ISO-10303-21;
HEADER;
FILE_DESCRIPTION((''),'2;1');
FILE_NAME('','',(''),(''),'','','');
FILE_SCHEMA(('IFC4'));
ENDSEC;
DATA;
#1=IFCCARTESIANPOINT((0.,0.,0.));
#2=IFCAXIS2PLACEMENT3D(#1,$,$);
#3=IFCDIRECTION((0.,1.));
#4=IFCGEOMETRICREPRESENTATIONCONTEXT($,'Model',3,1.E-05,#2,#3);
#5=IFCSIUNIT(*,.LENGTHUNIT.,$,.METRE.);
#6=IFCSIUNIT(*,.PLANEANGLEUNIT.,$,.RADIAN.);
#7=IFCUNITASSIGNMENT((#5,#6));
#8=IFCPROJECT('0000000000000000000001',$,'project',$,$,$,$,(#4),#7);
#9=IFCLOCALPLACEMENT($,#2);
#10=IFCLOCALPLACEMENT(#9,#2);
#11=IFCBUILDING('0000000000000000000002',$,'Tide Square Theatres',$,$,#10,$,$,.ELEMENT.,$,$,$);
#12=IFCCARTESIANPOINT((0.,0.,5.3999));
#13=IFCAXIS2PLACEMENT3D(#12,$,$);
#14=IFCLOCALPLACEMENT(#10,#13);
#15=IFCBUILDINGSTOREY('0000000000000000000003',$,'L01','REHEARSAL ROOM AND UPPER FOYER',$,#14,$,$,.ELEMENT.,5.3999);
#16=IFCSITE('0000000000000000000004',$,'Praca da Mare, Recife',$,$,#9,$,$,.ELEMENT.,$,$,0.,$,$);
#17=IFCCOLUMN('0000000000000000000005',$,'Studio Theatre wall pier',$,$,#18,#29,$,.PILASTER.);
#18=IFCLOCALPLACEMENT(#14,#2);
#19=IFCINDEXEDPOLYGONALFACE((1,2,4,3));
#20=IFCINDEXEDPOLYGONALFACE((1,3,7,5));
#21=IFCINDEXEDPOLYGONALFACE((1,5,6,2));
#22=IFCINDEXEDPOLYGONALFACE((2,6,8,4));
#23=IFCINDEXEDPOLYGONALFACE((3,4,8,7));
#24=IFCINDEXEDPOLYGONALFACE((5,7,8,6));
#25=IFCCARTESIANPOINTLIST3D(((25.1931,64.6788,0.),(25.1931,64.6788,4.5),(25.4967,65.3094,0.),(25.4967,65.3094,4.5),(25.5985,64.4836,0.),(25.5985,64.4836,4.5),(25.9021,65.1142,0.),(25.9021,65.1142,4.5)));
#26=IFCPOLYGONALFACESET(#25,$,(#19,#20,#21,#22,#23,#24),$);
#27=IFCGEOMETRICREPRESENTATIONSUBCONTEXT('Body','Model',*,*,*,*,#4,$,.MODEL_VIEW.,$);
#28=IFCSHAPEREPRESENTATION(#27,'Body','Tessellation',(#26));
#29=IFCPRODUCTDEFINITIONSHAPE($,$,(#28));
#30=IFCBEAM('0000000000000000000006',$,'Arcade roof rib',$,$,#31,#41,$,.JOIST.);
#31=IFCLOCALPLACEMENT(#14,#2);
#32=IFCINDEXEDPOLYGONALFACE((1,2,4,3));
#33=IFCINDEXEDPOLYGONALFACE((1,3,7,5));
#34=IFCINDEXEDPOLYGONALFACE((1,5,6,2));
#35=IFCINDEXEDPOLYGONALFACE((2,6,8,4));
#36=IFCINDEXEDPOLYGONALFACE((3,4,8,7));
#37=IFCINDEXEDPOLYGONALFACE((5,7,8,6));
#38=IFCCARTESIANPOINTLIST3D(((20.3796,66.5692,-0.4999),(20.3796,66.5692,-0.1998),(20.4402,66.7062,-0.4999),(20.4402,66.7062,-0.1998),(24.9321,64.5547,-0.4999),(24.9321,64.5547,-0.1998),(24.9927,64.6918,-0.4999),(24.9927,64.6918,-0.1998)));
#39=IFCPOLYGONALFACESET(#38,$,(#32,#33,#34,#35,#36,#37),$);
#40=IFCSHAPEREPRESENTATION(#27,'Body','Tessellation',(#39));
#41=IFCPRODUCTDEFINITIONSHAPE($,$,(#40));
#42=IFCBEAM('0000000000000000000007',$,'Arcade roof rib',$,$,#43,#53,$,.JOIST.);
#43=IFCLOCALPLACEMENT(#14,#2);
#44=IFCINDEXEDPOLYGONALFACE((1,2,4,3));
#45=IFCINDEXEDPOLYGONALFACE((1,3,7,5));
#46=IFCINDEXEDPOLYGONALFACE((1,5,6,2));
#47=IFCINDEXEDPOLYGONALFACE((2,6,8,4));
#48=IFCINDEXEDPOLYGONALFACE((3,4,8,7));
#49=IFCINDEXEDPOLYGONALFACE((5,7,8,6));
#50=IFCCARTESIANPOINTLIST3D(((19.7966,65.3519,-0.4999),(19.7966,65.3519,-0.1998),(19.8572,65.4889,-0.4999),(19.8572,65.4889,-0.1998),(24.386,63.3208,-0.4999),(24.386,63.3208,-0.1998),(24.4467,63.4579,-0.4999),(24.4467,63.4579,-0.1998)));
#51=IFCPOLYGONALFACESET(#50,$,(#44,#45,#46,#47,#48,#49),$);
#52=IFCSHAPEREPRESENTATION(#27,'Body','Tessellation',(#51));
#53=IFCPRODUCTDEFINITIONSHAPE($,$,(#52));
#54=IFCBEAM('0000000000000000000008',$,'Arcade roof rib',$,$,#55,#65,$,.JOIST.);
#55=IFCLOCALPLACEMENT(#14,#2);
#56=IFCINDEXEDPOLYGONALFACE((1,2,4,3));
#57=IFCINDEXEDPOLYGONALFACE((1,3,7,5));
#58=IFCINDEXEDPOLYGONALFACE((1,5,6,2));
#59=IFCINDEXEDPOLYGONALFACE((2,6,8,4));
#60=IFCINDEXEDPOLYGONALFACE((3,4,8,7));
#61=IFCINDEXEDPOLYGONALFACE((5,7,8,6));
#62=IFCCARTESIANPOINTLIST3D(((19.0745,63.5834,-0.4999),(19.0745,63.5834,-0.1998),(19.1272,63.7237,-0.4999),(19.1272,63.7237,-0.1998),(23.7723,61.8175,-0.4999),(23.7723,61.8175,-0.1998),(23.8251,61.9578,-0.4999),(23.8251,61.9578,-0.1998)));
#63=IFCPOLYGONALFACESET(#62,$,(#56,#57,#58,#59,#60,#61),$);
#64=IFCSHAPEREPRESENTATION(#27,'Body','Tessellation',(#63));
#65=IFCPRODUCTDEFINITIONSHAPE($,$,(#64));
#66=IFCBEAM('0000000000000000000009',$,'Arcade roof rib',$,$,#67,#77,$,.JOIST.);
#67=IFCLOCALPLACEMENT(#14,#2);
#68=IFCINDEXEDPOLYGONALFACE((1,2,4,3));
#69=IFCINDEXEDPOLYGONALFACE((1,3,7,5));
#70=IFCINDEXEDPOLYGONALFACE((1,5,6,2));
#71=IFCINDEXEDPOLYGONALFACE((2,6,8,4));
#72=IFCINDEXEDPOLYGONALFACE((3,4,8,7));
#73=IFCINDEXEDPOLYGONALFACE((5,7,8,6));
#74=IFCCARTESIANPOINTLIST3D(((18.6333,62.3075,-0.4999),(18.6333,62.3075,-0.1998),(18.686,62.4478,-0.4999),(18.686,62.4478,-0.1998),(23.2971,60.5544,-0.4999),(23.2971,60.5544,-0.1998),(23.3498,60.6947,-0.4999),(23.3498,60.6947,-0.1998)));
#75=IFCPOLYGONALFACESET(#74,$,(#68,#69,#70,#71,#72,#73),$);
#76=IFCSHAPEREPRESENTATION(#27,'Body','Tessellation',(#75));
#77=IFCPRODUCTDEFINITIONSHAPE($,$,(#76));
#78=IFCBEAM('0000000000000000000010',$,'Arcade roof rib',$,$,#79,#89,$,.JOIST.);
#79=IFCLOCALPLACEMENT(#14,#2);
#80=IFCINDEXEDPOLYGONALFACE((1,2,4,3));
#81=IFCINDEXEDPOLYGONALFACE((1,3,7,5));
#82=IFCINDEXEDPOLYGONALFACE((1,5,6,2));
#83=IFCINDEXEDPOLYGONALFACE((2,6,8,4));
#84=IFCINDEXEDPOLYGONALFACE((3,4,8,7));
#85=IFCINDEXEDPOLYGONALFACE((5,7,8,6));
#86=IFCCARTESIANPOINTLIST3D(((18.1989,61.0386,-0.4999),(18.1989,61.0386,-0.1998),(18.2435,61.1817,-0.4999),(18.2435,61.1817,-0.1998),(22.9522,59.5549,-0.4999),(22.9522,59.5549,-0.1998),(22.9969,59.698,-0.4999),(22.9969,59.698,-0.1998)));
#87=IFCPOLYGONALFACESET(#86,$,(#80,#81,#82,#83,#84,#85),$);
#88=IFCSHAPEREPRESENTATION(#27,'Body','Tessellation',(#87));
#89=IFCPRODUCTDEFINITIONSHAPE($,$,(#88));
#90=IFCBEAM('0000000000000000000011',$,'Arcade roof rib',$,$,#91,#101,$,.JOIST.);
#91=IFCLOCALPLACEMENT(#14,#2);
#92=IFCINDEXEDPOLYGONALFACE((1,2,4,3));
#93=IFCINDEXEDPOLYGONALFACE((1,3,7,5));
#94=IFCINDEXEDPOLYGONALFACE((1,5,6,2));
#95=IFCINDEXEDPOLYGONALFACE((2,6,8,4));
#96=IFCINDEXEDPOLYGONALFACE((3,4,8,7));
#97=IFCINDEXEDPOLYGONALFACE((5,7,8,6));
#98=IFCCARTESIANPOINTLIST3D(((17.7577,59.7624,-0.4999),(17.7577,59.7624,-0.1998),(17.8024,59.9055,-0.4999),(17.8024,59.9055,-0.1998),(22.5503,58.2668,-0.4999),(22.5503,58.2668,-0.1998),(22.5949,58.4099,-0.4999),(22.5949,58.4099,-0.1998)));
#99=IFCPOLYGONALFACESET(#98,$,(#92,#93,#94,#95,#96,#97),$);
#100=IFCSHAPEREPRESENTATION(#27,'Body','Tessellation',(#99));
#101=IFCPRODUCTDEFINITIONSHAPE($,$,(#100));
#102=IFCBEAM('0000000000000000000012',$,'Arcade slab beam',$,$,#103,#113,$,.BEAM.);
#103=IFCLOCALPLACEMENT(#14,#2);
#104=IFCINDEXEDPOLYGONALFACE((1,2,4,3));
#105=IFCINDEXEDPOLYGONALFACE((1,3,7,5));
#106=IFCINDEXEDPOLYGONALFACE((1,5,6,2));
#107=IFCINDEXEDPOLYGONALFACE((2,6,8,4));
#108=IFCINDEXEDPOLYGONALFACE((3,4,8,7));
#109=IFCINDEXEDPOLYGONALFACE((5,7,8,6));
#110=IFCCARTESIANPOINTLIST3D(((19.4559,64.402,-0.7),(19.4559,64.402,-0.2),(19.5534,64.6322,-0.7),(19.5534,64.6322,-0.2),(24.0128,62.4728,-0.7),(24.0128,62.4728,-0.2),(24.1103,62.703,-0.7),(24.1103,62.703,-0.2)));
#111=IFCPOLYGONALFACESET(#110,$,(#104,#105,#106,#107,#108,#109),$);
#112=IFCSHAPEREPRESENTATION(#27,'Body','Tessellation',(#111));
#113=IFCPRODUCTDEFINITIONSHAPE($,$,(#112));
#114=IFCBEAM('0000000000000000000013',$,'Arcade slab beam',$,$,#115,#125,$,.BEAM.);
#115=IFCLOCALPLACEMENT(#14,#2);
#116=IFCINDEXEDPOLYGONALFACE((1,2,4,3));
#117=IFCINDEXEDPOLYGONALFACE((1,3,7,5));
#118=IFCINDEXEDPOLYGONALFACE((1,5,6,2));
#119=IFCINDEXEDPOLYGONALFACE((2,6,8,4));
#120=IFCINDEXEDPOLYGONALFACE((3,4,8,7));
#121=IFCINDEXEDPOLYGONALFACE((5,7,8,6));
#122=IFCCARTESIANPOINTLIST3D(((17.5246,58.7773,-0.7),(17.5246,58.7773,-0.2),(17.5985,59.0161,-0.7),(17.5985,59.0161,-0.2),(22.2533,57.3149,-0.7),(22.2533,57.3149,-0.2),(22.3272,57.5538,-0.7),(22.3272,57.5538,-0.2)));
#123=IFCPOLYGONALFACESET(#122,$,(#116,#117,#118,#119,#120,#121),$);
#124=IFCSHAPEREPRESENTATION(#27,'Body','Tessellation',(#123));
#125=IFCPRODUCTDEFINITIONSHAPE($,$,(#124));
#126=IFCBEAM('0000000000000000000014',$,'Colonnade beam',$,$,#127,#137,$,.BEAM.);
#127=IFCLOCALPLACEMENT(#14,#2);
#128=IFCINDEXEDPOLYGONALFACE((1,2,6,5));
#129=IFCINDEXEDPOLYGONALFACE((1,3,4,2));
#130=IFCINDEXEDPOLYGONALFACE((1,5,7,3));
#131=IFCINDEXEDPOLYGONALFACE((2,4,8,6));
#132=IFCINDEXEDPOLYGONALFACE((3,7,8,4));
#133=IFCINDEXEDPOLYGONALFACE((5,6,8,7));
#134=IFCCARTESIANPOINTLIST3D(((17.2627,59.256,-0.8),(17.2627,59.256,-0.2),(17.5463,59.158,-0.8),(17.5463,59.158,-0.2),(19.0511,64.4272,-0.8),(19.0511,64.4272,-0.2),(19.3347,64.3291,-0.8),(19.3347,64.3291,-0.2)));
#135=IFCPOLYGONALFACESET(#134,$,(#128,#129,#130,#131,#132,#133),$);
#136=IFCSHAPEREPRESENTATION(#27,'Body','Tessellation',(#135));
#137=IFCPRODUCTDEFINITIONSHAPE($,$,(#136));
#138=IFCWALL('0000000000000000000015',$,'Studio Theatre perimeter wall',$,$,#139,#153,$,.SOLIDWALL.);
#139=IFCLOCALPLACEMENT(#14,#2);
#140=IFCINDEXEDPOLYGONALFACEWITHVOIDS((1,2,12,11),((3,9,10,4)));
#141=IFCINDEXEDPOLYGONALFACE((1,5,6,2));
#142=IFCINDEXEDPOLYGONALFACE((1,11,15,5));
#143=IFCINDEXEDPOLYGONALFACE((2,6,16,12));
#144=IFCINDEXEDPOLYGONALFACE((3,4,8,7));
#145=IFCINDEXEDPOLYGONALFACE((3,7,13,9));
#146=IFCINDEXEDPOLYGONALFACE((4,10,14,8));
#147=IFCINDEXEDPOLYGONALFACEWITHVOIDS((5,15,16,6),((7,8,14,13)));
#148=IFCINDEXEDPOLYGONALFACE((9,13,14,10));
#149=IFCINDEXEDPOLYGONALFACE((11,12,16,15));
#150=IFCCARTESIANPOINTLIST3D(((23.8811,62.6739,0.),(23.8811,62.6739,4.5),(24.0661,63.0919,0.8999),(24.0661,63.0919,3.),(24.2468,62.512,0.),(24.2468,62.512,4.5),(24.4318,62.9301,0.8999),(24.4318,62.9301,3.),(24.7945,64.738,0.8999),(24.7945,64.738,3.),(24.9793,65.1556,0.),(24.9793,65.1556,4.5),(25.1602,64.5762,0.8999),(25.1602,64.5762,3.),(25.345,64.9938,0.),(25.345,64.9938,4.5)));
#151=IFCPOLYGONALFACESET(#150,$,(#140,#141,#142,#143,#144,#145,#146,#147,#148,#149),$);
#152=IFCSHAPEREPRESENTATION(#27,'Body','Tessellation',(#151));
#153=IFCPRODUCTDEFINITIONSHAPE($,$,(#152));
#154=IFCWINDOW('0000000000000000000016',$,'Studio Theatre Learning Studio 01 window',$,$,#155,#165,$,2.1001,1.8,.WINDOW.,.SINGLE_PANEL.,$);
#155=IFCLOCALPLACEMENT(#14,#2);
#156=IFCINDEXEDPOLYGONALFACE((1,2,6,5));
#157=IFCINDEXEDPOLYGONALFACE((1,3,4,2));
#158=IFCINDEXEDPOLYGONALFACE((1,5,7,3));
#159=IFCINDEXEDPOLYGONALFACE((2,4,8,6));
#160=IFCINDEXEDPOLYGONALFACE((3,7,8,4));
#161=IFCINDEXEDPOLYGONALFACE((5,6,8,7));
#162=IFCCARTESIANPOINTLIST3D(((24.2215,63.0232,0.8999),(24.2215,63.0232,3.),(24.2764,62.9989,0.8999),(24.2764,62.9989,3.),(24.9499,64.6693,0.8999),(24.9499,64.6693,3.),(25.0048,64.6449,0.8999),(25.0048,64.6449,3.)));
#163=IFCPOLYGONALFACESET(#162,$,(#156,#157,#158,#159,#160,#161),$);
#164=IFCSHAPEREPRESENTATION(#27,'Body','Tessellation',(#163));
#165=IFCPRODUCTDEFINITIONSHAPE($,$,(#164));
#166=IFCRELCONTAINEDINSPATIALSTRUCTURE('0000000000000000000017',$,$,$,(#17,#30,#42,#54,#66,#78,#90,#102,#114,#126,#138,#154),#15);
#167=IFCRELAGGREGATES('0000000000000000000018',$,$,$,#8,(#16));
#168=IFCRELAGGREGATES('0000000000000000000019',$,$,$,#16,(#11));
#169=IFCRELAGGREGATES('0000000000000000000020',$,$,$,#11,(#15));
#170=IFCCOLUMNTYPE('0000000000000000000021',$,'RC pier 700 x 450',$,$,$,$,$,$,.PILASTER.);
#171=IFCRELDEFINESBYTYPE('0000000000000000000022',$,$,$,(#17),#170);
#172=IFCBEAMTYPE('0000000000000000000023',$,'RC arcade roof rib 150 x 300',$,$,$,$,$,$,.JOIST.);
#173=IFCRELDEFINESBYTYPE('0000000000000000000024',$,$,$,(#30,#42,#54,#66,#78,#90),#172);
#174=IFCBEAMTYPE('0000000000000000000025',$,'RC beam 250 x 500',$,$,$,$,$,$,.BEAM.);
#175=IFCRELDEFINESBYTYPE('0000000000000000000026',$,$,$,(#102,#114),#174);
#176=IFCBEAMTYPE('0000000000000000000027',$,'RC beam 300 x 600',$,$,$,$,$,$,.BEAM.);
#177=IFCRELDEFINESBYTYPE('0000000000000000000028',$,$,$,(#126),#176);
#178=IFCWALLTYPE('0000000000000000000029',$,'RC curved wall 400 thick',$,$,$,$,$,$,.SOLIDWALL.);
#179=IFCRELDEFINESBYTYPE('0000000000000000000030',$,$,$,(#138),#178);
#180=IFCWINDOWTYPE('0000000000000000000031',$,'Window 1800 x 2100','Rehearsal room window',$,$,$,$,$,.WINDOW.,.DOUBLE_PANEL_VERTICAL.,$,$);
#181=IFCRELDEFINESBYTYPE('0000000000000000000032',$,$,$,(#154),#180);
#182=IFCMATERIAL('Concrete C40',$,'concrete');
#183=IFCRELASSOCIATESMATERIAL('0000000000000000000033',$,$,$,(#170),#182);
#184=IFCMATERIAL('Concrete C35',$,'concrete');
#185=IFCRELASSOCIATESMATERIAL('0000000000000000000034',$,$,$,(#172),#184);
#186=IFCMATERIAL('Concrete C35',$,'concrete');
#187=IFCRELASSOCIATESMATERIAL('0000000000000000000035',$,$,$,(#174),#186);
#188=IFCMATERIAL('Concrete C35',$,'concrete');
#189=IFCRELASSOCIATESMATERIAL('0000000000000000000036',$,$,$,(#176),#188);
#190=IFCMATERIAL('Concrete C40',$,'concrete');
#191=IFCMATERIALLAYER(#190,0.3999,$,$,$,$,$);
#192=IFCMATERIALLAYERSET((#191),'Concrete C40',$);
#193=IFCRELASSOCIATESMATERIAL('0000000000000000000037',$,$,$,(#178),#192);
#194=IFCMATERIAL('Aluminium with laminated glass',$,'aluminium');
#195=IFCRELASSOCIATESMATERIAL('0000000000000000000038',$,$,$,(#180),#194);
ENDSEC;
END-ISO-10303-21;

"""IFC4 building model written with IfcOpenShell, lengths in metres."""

from ifc_helpers import new_model, si_unit, direction, frame, frame_2d, origin, origin_2d, place, context, subcontext, project, spatial, rectangle, extrude, material, layer, layer_set, material_profile, profile_set, type_object, element, fill, save


model = new_model("IFC4")

# Units and contexts
model_context = context("Model", 3, precision=1e-05, world=origin(), true_north=direction((0.0, 1.0)))
body_context = subcontext(model_context, "Body", "Model", "MODEL_VIEW")
ifc_project = project(units=[si_unit("LENGTHUNIT", "METRE"), si_unit("PLANEANGLEUNIT", "RADIAN")], contexts=[model_context])

# Site, building, storey
site_placement = place(None, origin())
site = spatial("IfcSite", under=ifc_project, at=site_placement, Name="Praca da Mare, Recife", CompositionType="ELEMENT", RefElevation=0.0)
building_placement = place(site_placement, origin())
building = spatial("IfcBuilding", under=site, at=building_placement, Name="Tide Square Theatres", CompositionType="ELEMENT")
storey_placement = place(building_placement, frame((0.0, 0.0, 5.3999)))
storey = spatial("IfcBuildingStorey", under=building, at=storey_placement, Name="L01", Description="REHEARSAL ROOM AND UPPER FOYER", CompositionType="ELEMENT", Elevation=5.3999)

# Column
ifc_material_1 = material(Name="Concrete C40", Category="concrete")
ifc_material_profile_1 = material_profile(ifc_material_1, rectangle(XDim=0.7, YDim=0.45, at=origin_2d()))
ifc_profile_set_1 = profile_set([ifc_material_profile_1], Name="Concrete C40")
column_type = type_object("IfcColumnType", Name="RC pier 700 x 450", PredefinedType="PILASTER", material=ifc_profile_set_1)
column_placement = place(storey_placement, frame((25.5476, 64.8965, 0.0), z_axis=(0.0, 0.0, 1.0), x_axis=(-0.433814, -0.901003, 0.0)))
element("IfcColumn", 1, at=column_placement, inside=storey, type_object=column_type, Name="Studio Theatre wall pier", PredefinedType="PILASTER", context=body_context, shape_type="SweptSolid", body=[
    extrude(rectangle(XDim=0.7, YDim=0.45, at=origin_2d()), origin(), (0.0, 0.0, 1.0), 4.5),
])

# Beams
ifc_material_2 = material(Name="Concrete C35", Category="concrete")
ifc_material_profile_2 = material_profile(ifc_material_2, rectangle(XDim=0.1499, YDim=0.3, at=origin_2d()))
ifc_profile_set_2 = profile_set([ifc_material_profile_2], Name="Concrete C35")
beam_type_1 = type_object("IfcBeamType", Name="RC arcade roof rib 150 x 300", PredefinedType="JOIST", material=ifc_profile_set_2)
beam_1_placement = place(storey_placement, frame((20.4099, 66.6377, -0.3499), z_axis=(0.914476, -0.404641, 0.0), x_axis=(0.404641, 0.914476, 0.0)))
element("IfcBeam", 2, at=beam_1_placement, inside=storey, type_object=beam_type_1, Name="Arcade roof rib", PredefinedType="JOIST", context=body_context, shape_type="SweptSolid", body=[
    extrude(rectangle(XDim=0.1499, YDim=0.3, at=origin_2d()), origin(), (0.0, 0.0, 1.0), 4.9783),
])
for number, where, z_axis, x_axis, name in (
    (3, (19.8269, 65.4204, -0.3499), (0.914454, -0.404689, 0.0), (0.404689, 0.914454, 0.0), "Arcade roof rib"),
    (4, (19.1008, 63.6536, -0.3499), (0.936053, -0.351859, 0.0), (0.351859, 0.936053, 0.0), "Arcade roof rib"),
):
    element("IfcBeam", number, at=place(storey_placement, frame(where, z_axis=z_axis, x_axis=x_axis)), inside=storey, type_object=beam_type_1, Name=name, PredefinedType="JOIST", context=body_context, shape_type="SweptSolid", body=[
        extrude(rectangle(XDim=0.1499, YDim=0.3, at=origin_2d()), origin(), (0.0, 0.0, 1.0), 5.0188),
    ])
beam_2_placement = place(storey_placement, frame((18.6597, 62.3777, -0.3499), z_axis=(0.936049, -0.35187, 0.0), x_axis=(0.35187, 0.936049, 0.0)))
element("IfcBeam", 5, at=beam_2_placement, inside=storey, type_object=beam_type_1, Name="Arcade roof rib", PredefinedType="JOIST", context=body_context, shape_type="SweptSolid", body=[
    extrude(rectangle(XDim=0.1499, YDim=0.3, at=origin_2d()), origin(), (0.0, 0.0, 1.0), 4.9824),
])
beam_3_placement = place(storey_placement, frame((18.2212, 61.1101, -0.3499), z_axis=(0.954583, -0.297946, 0.0), x_axis=(0.297946, 0.954583, 0.0)))
element("IfcBeam", 6, at=beam_3_placement, inside=storey, type_object=beam_type_1, Name="Arcade roof rib", PredefinedType="JOIST", context=body_context, shape_type="SweptSolid", body=[
    extrude(rectangle(XDim=0.1499, YDim=0.3, at=origin_2d()), origin(), (0.0, 0.0, 1.0), 4.9795),
])
beam_4_placement = place(storey_placement, frame((17.78, 59.834, -0.3499), z_axis=(0.954596, -0.297904, 0.0), x_axis=(0.297904, 0.954596, 0.0)))
element("IfcBeam", 7, at=beam_4_placement, inside=storey, type_object=beam_type_1, Name="Arcade roof rib", PredefinedType="JOIST", context=body_context, shape_type="SweptSolid", body=[
    extrude(rectangle(XDim=0.1499, YDim=0.3, at=origin_2d()), origin(), (0.0, 0.0, 1.0), 5.0205),
])
ifc_material_3 = material(Name="Concrete C35", Category="concrete")
ifc_material_profile_3 = material_profile(ifc_material_3, rectangle(XDim=0.25, YDim=0.5, at=origin_2d()))
ifc_profile_set_3 = profile_set([ifc_material_profile_3], Name="Concrete C35")
beam_type_2 = type_object("IfcBeamType", Name="RC beam 250 x 500", PredefinedType="BEAM", material=ifc_profile_set_3)
beam_5_placement = place(storey_placement, frame((19.5046, 64.5171, -0.45), z_axis=(0.920874, -0.38986, 0.0), x_axis=(0.38986, 0.920874, 0.0)))
element("IfcBeam", 8, at=beam_5_placement, inside=storey, type_object=beam_type_2, Name="Arcade slab beam", PredefinedType="BEAM", context=body_context, shape_type="SweptSolid", body=[
    extrude(rectangle(XDim=0.25, YDim=0.5, at=origin_2d()), origin(), (0.0, 0.0, 1.0), 4.9485),
])
beam_6_placement = place(storey_placement, frame((17.5615, 58.8967, -0.45), z_axis=(0.955358, -0.295451, 0.0), x_axis=(0.295451, 0.955358, 0.0)))
element("IfcBeam", 9, at=beam_6_placement, inside=storey, type_object=beam_type_2, Name="Arcade slab beam", PredefinedType="BEAM", context=body_context, shape_type="SweptSolid", body=[
    extrude(rectangle(XDim=0.25, YDim=0.5, at=origin_2d()), origin(), (0.0, 0.0, 1.0), 4.9497),
])
ifc_material_4 = material(Name="Concrete C35", Category="concrete")
ifc_material_profile_4 = material_profile(ifc_material_4, rectangle(XDim=0.3, YDim=0.6001, at=origin_2d()))
ifc_profile_set_4 = profile_set([ifc_material_profile_4], Name="Concrete C35")
beam_type_3 = type_object("IfcBeamType", Name="RC beam 300 x 600", PredefinedType="BEAM", material=ifc_profile_set_4)
beam_7_placement = place(storey_placement, frame((19.1929, 64.3782, -0.5), z_axis=(-0.326836, -0.945081, 0.0), x_axis=(0.945081, -0.326836, 0.0)))
element("IfcBeam", 10, at=beam_7_placement, inside=storey, type_object=beam_type_3, Name="Colonnade beam", PredefinedType="BEAM", context=body_context, shape_type="SweptSolid", body=[
    extrude(rectangle(XDim=0.3, YDim=0.6001, at=origin_2d()), origin(), (0.0, 0.0, 1.0), 5.4717),
])

# Wall, opening, window
ifc_material_5 = material(Name="Concrete C40", Category="concrete")
ifc_layer_1 = layer(ifc_material_5, 0.3999)
ifc_layer_set_1 = layer_set([ifc_layer_1], Name="Concrete C40")
wall_type_1 = type_object("IfcWallType", Name="RC curved wall 400 thick", PredefinedType="SOLIDWALL", material=ifc_layer_set_1)
wall_1_placement = place(storey_placement, frame((25.1621, 65.0747, 0.0), z_axis=(0.0, 0.0, 1.0), x_axis=(-0.404652, -0.914471, 0.0)))
wall_1 = element("IfcWall", 11, at=wall_1_placement, inside=storey, type_object=wall_type_1, Name="Studio Theatre perimeter wall", PredefinedType="SOLIDWALL", context=body_context, shape_type="SweptSolid", body=[
    extrude(rectangle(XDim=2.7139, YDim=0.3999, at=frame_2d((1.3569, 0.0))), origin(), (0.0, 0.0, 1.0), 4.5),
])
opening_1_placement = place(wall_1_placement, frame((0.4568, 0.0, 0.8999)))
opening_1 = element("IfcOpeningElement", 12, at=opening_1_placement, cuts=wall_1, PredefinedType="OPENING", context=body_context, shape_type="SweptSolid", body=[
    extrude(rectangle(XDim=1.8, YDim=2.1001, at=frame_2d((0.8999, 1.05))), frame((0.0, 0.21, 0.0), z_axis=(0.0, -1.0, 0.0), x_axis=(1.0, 0.0, 0.0)), (0.0, 0.0, 1.0), 0.4199),
])
ifc_material_6 = material(Name="Aluminium with laminated glass", Category="aluminium")
window_type = type_object("IfcWindowType", Name="Window 1800 x 2100", Description="Rehearsal room window", PartitioningType="DOUBLE_PANEL_VERTICAL", PredefinedType="WINDOW", material=ifc_material_6)
window_1_placement = place(opening_1_placement, origin())
window_1 = element("IfcWindow", 13, at=window_1_placement, inside=storey, type_object=window_type, Name="Studio Theatre Learning Studio 01 window", OverallHeight=2.1001, OverallWidth=1.8, PartitioningType="SINGLE_PANEL", PredefinedType="WINDOW", context=body_context, shape_type="SweptSolid", body=[
    extrude(rectangle(XDim=1.8, YDim=2.1001, at=frame_2d((0.8999, 1.05))), frame((0.0, 0.03, 0.0), z_axis=(0.0, -1.0, 0.0), x_axis=(1.0, 0.0, 0.0)), (0.0, 0.0, 1.0), 0.0601),
])
fill(opening_1, window_1)

save(model, "model.ifc")
